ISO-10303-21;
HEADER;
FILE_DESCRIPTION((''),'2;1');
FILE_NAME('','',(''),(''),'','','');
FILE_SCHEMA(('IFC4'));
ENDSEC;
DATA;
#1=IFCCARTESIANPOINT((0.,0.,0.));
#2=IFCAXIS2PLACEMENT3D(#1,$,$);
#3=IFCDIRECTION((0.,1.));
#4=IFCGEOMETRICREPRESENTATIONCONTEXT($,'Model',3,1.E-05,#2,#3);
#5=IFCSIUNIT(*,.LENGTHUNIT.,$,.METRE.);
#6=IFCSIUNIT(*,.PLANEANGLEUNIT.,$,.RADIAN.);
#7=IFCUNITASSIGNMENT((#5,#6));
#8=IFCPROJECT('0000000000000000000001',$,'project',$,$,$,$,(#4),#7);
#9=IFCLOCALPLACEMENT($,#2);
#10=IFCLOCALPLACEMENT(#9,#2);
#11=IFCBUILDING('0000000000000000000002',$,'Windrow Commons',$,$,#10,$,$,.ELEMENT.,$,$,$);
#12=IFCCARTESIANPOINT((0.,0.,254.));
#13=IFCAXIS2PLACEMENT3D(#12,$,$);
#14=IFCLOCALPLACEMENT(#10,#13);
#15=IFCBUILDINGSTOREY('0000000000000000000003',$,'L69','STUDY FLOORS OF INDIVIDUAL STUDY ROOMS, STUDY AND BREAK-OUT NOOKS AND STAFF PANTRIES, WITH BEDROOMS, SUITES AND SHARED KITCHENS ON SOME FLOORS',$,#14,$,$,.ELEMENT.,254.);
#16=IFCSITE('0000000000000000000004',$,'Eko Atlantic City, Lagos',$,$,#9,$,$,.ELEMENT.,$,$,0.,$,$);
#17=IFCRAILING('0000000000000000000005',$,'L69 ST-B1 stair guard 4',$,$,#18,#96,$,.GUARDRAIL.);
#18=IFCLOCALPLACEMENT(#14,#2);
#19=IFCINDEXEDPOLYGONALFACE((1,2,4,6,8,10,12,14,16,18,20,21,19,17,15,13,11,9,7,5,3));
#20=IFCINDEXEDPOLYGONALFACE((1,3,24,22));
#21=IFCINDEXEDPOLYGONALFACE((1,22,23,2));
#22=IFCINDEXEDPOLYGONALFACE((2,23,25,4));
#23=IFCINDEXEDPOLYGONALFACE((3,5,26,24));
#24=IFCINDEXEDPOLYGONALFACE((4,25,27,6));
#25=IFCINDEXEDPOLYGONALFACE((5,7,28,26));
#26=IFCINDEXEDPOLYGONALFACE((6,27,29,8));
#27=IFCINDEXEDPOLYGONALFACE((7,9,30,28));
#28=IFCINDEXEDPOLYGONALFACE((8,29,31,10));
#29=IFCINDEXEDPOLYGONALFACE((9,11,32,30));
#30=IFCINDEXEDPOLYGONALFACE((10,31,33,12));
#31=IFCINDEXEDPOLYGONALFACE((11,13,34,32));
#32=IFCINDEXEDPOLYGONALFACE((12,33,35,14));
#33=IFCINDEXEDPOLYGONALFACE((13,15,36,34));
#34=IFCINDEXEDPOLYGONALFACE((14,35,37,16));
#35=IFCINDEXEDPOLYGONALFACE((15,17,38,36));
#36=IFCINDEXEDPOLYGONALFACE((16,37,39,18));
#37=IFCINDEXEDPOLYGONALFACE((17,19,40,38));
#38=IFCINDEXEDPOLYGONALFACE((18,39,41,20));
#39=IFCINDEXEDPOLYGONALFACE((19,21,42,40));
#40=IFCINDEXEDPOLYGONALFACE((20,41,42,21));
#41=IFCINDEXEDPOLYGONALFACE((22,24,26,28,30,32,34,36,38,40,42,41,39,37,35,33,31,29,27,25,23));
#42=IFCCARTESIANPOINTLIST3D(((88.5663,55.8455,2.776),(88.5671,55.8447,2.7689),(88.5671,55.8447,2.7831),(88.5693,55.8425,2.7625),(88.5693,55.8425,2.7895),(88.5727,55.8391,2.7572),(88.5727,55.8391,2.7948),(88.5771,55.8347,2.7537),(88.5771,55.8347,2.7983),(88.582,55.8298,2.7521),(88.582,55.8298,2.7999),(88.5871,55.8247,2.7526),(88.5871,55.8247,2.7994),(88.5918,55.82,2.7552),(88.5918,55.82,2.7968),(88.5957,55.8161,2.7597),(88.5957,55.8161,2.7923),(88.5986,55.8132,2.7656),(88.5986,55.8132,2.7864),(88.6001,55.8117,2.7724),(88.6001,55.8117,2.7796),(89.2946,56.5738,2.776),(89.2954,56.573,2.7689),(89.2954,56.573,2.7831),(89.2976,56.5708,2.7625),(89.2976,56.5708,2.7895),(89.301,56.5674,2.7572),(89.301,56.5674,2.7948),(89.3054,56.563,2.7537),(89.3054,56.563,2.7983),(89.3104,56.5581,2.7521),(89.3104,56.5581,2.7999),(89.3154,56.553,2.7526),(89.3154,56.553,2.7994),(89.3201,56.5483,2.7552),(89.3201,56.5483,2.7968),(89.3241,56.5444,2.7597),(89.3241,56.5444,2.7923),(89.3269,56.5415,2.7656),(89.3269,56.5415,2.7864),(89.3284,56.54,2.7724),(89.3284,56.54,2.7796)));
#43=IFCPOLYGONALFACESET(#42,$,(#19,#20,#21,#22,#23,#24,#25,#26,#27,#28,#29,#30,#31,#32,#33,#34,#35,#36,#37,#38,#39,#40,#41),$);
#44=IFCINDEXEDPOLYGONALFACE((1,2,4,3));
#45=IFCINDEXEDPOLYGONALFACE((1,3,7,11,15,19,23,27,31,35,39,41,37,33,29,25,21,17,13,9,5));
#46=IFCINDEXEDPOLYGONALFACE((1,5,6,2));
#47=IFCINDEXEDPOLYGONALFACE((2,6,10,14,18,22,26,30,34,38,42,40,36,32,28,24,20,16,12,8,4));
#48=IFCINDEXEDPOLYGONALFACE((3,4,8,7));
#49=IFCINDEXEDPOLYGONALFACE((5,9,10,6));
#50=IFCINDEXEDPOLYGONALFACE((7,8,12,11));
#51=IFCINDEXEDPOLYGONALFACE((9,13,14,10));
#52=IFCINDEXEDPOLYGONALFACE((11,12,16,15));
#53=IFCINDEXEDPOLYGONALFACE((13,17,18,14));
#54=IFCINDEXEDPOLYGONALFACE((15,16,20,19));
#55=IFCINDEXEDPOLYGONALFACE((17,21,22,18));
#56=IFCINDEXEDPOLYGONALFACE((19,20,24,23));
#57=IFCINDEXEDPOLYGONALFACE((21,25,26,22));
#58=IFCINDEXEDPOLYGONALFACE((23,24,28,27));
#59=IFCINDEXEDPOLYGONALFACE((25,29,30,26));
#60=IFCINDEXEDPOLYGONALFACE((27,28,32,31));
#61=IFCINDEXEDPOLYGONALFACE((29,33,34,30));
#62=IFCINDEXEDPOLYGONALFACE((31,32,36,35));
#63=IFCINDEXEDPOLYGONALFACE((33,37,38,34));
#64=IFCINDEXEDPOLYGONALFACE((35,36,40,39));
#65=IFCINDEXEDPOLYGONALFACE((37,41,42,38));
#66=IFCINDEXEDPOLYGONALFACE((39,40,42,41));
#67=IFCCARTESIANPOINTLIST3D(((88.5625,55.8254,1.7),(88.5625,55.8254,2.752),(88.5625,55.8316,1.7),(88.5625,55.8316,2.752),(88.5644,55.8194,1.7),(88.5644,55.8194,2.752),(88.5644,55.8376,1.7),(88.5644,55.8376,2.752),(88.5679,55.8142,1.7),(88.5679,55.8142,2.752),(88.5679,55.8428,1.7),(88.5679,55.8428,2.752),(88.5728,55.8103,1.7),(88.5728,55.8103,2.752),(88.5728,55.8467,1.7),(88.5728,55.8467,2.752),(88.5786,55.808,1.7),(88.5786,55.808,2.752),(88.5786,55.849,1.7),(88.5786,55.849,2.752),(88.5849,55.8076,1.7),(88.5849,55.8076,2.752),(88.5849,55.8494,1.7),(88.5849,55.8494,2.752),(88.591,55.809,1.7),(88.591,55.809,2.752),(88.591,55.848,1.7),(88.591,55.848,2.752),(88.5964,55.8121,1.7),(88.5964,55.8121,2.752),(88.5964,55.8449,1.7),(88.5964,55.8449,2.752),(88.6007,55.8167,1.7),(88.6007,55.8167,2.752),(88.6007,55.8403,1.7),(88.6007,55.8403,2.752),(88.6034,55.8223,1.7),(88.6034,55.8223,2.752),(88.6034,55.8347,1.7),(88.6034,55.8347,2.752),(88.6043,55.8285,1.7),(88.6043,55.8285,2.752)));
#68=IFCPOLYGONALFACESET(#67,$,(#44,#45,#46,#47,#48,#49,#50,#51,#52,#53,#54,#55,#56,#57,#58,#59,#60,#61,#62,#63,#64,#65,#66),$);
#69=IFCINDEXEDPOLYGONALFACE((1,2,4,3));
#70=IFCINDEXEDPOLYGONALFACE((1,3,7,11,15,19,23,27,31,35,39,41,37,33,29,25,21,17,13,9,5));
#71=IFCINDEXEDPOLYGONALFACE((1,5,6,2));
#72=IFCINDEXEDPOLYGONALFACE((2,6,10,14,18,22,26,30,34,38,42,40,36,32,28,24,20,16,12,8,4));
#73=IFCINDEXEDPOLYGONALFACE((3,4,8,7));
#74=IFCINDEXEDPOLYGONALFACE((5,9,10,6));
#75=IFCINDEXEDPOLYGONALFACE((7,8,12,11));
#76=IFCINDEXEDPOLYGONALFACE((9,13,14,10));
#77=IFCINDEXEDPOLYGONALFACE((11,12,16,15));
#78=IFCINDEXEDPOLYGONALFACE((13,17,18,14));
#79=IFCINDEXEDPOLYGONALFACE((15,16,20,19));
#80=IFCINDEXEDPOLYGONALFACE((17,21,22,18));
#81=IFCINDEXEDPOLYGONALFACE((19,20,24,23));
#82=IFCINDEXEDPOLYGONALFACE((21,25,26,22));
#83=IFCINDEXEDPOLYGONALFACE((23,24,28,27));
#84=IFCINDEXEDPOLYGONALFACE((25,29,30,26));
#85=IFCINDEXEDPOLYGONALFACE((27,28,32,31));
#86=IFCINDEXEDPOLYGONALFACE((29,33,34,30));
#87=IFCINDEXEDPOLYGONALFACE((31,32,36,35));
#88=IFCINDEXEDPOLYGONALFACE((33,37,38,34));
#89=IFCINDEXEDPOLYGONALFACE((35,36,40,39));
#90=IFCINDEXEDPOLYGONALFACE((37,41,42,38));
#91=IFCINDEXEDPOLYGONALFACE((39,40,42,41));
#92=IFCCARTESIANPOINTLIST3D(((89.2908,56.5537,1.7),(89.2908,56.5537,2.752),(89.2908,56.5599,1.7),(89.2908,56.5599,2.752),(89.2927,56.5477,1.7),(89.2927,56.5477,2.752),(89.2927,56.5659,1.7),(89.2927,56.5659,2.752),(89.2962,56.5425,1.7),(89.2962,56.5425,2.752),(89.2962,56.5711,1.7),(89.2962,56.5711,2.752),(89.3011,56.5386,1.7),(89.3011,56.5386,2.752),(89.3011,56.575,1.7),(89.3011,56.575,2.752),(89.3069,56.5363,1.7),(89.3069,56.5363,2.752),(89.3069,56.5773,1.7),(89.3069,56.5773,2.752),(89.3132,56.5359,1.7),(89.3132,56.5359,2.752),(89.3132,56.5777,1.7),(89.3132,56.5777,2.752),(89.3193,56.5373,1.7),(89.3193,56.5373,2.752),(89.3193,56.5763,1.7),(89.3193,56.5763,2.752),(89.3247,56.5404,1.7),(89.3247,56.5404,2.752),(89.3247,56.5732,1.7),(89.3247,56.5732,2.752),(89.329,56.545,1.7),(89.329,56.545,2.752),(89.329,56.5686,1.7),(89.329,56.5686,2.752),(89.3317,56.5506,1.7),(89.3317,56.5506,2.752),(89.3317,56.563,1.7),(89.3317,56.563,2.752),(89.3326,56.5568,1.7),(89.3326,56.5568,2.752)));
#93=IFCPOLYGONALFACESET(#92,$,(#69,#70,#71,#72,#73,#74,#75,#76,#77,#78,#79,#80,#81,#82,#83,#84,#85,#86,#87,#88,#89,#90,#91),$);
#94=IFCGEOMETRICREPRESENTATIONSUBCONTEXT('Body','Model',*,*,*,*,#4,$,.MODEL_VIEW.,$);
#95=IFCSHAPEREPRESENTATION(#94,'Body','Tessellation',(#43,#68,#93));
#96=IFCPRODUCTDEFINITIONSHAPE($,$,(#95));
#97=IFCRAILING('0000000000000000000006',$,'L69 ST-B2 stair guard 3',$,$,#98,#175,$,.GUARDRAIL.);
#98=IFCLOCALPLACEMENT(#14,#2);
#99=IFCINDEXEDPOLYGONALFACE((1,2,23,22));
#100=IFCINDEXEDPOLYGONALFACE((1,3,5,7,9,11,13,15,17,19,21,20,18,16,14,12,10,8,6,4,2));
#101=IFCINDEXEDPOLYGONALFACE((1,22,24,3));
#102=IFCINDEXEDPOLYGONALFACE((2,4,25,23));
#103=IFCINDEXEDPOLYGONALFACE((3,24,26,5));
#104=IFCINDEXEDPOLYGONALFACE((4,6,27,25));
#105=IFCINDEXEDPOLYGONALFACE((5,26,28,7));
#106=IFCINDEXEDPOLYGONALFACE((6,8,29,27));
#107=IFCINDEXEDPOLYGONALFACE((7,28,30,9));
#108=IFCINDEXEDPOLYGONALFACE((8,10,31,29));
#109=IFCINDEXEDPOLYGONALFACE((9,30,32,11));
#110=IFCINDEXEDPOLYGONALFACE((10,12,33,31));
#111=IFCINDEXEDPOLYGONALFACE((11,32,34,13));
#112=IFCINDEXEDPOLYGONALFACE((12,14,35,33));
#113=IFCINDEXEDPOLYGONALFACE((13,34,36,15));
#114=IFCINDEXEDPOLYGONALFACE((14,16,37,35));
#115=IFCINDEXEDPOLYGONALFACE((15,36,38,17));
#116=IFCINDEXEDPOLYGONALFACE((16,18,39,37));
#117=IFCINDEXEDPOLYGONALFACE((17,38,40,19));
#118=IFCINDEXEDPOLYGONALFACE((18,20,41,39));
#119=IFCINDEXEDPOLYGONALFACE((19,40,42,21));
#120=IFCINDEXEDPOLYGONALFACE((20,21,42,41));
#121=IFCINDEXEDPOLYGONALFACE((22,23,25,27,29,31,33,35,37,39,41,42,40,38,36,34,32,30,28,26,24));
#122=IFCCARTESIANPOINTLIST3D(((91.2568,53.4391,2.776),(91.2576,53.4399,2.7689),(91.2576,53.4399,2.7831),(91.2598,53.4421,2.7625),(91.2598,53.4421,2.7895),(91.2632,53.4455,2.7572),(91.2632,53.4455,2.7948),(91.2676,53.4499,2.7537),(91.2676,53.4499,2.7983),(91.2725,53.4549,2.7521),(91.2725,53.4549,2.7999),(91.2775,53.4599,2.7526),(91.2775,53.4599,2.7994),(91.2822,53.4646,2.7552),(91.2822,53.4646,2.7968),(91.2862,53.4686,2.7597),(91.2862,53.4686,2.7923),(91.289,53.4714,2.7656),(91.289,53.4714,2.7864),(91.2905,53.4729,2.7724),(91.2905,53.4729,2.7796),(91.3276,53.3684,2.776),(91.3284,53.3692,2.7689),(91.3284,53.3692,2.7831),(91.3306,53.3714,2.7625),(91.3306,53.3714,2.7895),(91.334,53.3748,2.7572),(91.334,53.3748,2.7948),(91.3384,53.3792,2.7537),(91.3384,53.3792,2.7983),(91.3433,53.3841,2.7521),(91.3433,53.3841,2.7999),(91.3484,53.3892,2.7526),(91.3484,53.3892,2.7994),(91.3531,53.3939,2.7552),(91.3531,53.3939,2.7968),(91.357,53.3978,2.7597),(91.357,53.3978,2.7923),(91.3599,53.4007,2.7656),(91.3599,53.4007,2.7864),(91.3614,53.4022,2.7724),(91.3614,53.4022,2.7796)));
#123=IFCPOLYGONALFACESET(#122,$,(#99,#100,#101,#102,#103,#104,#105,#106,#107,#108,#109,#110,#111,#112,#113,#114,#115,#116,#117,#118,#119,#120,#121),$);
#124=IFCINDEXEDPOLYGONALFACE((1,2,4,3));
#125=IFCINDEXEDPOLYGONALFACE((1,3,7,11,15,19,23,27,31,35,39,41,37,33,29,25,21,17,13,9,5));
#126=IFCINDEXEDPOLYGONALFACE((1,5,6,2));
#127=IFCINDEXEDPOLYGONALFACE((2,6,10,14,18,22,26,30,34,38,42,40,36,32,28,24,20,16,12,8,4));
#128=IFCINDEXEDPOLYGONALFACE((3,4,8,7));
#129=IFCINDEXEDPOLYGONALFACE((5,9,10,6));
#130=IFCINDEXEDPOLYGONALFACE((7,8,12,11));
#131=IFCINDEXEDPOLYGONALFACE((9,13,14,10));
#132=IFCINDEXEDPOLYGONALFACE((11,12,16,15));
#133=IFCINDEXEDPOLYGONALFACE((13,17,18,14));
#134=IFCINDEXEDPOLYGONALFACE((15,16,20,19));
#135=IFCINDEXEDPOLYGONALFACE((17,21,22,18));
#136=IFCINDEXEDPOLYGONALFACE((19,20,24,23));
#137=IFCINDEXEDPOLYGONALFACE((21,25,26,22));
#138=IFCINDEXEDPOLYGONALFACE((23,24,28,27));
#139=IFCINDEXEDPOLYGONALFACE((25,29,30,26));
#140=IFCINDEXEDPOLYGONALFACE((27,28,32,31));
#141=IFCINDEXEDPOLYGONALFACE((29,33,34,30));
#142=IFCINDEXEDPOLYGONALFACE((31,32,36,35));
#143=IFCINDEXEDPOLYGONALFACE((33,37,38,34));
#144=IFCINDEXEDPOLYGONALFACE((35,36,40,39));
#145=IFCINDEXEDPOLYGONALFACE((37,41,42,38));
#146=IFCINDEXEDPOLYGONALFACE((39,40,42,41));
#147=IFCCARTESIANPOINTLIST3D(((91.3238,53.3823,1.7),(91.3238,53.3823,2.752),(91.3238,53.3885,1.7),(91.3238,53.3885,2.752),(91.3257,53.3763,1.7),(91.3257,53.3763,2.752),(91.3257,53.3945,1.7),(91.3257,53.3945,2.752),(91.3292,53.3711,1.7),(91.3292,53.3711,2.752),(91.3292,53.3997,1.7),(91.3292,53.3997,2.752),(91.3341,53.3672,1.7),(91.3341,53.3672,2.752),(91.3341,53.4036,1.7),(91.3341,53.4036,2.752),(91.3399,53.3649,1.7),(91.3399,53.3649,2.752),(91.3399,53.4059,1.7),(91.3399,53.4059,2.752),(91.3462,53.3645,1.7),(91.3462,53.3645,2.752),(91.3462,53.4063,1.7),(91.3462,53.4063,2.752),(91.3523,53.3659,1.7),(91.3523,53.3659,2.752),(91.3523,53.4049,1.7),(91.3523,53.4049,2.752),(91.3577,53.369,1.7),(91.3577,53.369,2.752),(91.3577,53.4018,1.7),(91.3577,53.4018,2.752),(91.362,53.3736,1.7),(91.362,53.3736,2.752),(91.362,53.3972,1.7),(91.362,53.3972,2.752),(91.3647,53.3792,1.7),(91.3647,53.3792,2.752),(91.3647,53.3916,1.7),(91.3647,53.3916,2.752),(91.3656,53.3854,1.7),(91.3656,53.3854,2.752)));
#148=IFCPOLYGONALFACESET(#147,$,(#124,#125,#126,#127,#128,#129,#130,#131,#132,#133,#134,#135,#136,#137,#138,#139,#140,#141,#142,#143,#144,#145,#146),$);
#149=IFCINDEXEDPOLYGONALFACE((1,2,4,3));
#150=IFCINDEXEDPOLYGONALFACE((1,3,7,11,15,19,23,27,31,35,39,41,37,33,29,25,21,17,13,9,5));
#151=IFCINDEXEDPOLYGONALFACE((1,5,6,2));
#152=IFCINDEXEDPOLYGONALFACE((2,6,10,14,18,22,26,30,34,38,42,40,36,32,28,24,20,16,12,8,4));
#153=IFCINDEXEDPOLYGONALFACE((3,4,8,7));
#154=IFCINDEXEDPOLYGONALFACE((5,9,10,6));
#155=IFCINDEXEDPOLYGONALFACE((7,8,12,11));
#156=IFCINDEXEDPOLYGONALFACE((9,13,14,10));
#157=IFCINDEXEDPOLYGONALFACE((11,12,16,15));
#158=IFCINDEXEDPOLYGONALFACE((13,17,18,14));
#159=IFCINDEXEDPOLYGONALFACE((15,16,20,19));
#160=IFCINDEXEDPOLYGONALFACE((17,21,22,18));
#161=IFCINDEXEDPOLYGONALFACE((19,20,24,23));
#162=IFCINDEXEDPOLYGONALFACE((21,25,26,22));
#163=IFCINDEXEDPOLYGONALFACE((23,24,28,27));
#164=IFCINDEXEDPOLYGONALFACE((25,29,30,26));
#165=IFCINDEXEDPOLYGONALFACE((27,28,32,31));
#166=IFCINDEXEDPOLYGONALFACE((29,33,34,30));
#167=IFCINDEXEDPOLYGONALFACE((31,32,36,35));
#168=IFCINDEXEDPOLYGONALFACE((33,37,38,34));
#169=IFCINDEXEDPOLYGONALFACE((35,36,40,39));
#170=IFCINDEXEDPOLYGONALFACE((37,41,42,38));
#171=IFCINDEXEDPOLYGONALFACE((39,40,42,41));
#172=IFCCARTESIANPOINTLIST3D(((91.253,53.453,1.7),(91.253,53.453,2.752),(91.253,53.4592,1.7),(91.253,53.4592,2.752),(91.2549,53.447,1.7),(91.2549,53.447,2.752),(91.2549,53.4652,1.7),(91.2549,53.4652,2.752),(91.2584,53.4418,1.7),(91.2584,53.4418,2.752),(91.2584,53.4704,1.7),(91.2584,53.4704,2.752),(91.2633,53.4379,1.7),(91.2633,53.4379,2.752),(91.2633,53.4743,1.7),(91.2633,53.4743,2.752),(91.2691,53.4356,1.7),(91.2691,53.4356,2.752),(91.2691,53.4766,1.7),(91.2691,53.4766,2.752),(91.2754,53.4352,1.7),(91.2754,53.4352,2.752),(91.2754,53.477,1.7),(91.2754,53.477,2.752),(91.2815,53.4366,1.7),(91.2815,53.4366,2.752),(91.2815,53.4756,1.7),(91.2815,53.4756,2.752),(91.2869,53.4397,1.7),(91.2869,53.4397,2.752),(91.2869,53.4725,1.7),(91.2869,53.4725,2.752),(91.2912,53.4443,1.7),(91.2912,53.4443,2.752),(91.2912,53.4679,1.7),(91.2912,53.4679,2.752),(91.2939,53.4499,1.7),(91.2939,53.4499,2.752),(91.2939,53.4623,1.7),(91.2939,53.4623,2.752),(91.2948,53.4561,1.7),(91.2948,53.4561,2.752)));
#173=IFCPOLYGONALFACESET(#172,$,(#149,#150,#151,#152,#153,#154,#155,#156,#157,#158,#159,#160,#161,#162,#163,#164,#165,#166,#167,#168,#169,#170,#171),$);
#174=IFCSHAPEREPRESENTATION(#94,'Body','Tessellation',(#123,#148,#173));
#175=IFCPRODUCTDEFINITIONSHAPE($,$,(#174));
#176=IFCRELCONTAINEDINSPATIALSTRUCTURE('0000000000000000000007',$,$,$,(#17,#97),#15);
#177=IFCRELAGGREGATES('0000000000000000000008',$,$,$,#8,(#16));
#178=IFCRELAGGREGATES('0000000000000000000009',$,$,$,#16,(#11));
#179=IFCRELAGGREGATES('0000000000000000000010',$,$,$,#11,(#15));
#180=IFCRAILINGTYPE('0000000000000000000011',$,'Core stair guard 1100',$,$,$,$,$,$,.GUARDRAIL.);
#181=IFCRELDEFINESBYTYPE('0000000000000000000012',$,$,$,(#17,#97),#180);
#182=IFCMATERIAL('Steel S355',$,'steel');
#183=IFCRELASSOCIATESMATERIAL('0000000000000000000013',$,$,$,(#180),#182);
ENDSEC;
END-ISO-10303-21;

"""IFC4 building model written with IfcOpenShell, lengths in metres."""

from ifc_helpers import new_model, si_unit, direction, frame, origin, origin_2d, place, context, subcontext, project, spatial, circle, extrude, material, type_object, element, save


model = new_model("IFC4")

# Units and contexts
model_context = context("Model", 3, precision=1e-05, world=origin(), true_north=direction((0.0, 1.0)))
body_context = subcontext(model_context, "Body", "Model", "MODEL_VIEW")
ifc_project = project(units=[si_unit("LENGTHUNIT", "METRE"), si_unit("PLANEANGLEUNIT", "RADIAN")], contexts=[model_context])

# Site, building, storey
site_placement = place(None, origin())
site = spatial("IfcSite", under=ifc_project, at=site_placement, Name="Eko Atlantic City, Lagos", CompositionType="ELEMENT", RefElevation=0.0)
building_placement = place(site_placement, origin())
building = spatial("IfcBuilding", under=site, at=building_placement, Name="Windrow Commons", CompositionType="ELEMENT")
storey_placement = place(building_placement, frame((0.0, 0.0, 254.0)))
storey = spatial("IfcBuildingStorey", under=building, at=storey_placement, Name="L69", Description="STUDY FLOORS OF INDIVIDUAL STUDY ROOMS, STUDY AND BREAK-OUT NOOKS AND STAFF PANTRIES, WITH BEDROOMS, SUITES AND SHARED KITCHENS ON SOME FLOORS", CompositionType="ELEMENT", Elevation=254.0)

# Railings
ifc_material_1 = material(Name="Steel S355", Category="steel")
railing_type_1 = type_object("IfcRailingType", Name="Core stair guard 1100", PredefinedType="GUARDRAIL", material=ifc_material_1)
railing_1_placement = place(storey_placement, frame((88.5833, 55.8285, 1.7)))
element("IfcRailing", 1, at=railing_1_placement, inside=storey, type_object=railing_type_1, Name="L69 ST-B1 stair guard 4", PredefinedType="GUARDRAIL", context=body_context, shape_type="SweptSolid", body=[
    extrude(circle(Radius=0.024, at=origin_2d()), frame((0.0, 0.0, 1.076), z_axis=(0.707107, 0.707107, 0.0), x_axis=(-0.707107, 0.707107, 0.0)), (0.0, 0.0, 1.0), 1.03),
    extrude(circle(Radius=0.021, at=origin_2d()), origin(), (0.0, 0.0, 1.0), 1.052),
    extrude(circle(Radius=0.021, at=origin_2d()), frame((0.7283, 0.7283, 0.0)), (0.0, 0.0, 1.0), 1.052),
])
railing_2_placement = place(storey_placement, frame((91.3446, 53.3854, 1.7)))
element("IfcRailing", 2, at=railing_2_placement, inside=storey, type_object=railing_type_1, Name="L69 ST-B2 stair guard 3", PredefinedType="GUARDRAIL", context=body_context, shape_type="SweptSolid", body=[
    extrude(circle(Radius=0.024, at=origin_2d()), frame((0.0, 0.0, 1.076), z_axis=(-0.707606, 0.706607, 0.0), x_axis=(-0.706607, -0.707606, 0.0)), (0.0, 0.0, 1.0), 0.1001),
    extrude(circle(Radius=0.021, at=origin_2d()), origin(), (0.0, 0.0, 1.0), 1.052),
    extrude(circle(Radius=0.021, at=origin_2d()), frame((-0.0708, 0.0707, 0.0)), (0.0, 0.0, 1.0), 1.052),
])

save(model, "model.ifc")
